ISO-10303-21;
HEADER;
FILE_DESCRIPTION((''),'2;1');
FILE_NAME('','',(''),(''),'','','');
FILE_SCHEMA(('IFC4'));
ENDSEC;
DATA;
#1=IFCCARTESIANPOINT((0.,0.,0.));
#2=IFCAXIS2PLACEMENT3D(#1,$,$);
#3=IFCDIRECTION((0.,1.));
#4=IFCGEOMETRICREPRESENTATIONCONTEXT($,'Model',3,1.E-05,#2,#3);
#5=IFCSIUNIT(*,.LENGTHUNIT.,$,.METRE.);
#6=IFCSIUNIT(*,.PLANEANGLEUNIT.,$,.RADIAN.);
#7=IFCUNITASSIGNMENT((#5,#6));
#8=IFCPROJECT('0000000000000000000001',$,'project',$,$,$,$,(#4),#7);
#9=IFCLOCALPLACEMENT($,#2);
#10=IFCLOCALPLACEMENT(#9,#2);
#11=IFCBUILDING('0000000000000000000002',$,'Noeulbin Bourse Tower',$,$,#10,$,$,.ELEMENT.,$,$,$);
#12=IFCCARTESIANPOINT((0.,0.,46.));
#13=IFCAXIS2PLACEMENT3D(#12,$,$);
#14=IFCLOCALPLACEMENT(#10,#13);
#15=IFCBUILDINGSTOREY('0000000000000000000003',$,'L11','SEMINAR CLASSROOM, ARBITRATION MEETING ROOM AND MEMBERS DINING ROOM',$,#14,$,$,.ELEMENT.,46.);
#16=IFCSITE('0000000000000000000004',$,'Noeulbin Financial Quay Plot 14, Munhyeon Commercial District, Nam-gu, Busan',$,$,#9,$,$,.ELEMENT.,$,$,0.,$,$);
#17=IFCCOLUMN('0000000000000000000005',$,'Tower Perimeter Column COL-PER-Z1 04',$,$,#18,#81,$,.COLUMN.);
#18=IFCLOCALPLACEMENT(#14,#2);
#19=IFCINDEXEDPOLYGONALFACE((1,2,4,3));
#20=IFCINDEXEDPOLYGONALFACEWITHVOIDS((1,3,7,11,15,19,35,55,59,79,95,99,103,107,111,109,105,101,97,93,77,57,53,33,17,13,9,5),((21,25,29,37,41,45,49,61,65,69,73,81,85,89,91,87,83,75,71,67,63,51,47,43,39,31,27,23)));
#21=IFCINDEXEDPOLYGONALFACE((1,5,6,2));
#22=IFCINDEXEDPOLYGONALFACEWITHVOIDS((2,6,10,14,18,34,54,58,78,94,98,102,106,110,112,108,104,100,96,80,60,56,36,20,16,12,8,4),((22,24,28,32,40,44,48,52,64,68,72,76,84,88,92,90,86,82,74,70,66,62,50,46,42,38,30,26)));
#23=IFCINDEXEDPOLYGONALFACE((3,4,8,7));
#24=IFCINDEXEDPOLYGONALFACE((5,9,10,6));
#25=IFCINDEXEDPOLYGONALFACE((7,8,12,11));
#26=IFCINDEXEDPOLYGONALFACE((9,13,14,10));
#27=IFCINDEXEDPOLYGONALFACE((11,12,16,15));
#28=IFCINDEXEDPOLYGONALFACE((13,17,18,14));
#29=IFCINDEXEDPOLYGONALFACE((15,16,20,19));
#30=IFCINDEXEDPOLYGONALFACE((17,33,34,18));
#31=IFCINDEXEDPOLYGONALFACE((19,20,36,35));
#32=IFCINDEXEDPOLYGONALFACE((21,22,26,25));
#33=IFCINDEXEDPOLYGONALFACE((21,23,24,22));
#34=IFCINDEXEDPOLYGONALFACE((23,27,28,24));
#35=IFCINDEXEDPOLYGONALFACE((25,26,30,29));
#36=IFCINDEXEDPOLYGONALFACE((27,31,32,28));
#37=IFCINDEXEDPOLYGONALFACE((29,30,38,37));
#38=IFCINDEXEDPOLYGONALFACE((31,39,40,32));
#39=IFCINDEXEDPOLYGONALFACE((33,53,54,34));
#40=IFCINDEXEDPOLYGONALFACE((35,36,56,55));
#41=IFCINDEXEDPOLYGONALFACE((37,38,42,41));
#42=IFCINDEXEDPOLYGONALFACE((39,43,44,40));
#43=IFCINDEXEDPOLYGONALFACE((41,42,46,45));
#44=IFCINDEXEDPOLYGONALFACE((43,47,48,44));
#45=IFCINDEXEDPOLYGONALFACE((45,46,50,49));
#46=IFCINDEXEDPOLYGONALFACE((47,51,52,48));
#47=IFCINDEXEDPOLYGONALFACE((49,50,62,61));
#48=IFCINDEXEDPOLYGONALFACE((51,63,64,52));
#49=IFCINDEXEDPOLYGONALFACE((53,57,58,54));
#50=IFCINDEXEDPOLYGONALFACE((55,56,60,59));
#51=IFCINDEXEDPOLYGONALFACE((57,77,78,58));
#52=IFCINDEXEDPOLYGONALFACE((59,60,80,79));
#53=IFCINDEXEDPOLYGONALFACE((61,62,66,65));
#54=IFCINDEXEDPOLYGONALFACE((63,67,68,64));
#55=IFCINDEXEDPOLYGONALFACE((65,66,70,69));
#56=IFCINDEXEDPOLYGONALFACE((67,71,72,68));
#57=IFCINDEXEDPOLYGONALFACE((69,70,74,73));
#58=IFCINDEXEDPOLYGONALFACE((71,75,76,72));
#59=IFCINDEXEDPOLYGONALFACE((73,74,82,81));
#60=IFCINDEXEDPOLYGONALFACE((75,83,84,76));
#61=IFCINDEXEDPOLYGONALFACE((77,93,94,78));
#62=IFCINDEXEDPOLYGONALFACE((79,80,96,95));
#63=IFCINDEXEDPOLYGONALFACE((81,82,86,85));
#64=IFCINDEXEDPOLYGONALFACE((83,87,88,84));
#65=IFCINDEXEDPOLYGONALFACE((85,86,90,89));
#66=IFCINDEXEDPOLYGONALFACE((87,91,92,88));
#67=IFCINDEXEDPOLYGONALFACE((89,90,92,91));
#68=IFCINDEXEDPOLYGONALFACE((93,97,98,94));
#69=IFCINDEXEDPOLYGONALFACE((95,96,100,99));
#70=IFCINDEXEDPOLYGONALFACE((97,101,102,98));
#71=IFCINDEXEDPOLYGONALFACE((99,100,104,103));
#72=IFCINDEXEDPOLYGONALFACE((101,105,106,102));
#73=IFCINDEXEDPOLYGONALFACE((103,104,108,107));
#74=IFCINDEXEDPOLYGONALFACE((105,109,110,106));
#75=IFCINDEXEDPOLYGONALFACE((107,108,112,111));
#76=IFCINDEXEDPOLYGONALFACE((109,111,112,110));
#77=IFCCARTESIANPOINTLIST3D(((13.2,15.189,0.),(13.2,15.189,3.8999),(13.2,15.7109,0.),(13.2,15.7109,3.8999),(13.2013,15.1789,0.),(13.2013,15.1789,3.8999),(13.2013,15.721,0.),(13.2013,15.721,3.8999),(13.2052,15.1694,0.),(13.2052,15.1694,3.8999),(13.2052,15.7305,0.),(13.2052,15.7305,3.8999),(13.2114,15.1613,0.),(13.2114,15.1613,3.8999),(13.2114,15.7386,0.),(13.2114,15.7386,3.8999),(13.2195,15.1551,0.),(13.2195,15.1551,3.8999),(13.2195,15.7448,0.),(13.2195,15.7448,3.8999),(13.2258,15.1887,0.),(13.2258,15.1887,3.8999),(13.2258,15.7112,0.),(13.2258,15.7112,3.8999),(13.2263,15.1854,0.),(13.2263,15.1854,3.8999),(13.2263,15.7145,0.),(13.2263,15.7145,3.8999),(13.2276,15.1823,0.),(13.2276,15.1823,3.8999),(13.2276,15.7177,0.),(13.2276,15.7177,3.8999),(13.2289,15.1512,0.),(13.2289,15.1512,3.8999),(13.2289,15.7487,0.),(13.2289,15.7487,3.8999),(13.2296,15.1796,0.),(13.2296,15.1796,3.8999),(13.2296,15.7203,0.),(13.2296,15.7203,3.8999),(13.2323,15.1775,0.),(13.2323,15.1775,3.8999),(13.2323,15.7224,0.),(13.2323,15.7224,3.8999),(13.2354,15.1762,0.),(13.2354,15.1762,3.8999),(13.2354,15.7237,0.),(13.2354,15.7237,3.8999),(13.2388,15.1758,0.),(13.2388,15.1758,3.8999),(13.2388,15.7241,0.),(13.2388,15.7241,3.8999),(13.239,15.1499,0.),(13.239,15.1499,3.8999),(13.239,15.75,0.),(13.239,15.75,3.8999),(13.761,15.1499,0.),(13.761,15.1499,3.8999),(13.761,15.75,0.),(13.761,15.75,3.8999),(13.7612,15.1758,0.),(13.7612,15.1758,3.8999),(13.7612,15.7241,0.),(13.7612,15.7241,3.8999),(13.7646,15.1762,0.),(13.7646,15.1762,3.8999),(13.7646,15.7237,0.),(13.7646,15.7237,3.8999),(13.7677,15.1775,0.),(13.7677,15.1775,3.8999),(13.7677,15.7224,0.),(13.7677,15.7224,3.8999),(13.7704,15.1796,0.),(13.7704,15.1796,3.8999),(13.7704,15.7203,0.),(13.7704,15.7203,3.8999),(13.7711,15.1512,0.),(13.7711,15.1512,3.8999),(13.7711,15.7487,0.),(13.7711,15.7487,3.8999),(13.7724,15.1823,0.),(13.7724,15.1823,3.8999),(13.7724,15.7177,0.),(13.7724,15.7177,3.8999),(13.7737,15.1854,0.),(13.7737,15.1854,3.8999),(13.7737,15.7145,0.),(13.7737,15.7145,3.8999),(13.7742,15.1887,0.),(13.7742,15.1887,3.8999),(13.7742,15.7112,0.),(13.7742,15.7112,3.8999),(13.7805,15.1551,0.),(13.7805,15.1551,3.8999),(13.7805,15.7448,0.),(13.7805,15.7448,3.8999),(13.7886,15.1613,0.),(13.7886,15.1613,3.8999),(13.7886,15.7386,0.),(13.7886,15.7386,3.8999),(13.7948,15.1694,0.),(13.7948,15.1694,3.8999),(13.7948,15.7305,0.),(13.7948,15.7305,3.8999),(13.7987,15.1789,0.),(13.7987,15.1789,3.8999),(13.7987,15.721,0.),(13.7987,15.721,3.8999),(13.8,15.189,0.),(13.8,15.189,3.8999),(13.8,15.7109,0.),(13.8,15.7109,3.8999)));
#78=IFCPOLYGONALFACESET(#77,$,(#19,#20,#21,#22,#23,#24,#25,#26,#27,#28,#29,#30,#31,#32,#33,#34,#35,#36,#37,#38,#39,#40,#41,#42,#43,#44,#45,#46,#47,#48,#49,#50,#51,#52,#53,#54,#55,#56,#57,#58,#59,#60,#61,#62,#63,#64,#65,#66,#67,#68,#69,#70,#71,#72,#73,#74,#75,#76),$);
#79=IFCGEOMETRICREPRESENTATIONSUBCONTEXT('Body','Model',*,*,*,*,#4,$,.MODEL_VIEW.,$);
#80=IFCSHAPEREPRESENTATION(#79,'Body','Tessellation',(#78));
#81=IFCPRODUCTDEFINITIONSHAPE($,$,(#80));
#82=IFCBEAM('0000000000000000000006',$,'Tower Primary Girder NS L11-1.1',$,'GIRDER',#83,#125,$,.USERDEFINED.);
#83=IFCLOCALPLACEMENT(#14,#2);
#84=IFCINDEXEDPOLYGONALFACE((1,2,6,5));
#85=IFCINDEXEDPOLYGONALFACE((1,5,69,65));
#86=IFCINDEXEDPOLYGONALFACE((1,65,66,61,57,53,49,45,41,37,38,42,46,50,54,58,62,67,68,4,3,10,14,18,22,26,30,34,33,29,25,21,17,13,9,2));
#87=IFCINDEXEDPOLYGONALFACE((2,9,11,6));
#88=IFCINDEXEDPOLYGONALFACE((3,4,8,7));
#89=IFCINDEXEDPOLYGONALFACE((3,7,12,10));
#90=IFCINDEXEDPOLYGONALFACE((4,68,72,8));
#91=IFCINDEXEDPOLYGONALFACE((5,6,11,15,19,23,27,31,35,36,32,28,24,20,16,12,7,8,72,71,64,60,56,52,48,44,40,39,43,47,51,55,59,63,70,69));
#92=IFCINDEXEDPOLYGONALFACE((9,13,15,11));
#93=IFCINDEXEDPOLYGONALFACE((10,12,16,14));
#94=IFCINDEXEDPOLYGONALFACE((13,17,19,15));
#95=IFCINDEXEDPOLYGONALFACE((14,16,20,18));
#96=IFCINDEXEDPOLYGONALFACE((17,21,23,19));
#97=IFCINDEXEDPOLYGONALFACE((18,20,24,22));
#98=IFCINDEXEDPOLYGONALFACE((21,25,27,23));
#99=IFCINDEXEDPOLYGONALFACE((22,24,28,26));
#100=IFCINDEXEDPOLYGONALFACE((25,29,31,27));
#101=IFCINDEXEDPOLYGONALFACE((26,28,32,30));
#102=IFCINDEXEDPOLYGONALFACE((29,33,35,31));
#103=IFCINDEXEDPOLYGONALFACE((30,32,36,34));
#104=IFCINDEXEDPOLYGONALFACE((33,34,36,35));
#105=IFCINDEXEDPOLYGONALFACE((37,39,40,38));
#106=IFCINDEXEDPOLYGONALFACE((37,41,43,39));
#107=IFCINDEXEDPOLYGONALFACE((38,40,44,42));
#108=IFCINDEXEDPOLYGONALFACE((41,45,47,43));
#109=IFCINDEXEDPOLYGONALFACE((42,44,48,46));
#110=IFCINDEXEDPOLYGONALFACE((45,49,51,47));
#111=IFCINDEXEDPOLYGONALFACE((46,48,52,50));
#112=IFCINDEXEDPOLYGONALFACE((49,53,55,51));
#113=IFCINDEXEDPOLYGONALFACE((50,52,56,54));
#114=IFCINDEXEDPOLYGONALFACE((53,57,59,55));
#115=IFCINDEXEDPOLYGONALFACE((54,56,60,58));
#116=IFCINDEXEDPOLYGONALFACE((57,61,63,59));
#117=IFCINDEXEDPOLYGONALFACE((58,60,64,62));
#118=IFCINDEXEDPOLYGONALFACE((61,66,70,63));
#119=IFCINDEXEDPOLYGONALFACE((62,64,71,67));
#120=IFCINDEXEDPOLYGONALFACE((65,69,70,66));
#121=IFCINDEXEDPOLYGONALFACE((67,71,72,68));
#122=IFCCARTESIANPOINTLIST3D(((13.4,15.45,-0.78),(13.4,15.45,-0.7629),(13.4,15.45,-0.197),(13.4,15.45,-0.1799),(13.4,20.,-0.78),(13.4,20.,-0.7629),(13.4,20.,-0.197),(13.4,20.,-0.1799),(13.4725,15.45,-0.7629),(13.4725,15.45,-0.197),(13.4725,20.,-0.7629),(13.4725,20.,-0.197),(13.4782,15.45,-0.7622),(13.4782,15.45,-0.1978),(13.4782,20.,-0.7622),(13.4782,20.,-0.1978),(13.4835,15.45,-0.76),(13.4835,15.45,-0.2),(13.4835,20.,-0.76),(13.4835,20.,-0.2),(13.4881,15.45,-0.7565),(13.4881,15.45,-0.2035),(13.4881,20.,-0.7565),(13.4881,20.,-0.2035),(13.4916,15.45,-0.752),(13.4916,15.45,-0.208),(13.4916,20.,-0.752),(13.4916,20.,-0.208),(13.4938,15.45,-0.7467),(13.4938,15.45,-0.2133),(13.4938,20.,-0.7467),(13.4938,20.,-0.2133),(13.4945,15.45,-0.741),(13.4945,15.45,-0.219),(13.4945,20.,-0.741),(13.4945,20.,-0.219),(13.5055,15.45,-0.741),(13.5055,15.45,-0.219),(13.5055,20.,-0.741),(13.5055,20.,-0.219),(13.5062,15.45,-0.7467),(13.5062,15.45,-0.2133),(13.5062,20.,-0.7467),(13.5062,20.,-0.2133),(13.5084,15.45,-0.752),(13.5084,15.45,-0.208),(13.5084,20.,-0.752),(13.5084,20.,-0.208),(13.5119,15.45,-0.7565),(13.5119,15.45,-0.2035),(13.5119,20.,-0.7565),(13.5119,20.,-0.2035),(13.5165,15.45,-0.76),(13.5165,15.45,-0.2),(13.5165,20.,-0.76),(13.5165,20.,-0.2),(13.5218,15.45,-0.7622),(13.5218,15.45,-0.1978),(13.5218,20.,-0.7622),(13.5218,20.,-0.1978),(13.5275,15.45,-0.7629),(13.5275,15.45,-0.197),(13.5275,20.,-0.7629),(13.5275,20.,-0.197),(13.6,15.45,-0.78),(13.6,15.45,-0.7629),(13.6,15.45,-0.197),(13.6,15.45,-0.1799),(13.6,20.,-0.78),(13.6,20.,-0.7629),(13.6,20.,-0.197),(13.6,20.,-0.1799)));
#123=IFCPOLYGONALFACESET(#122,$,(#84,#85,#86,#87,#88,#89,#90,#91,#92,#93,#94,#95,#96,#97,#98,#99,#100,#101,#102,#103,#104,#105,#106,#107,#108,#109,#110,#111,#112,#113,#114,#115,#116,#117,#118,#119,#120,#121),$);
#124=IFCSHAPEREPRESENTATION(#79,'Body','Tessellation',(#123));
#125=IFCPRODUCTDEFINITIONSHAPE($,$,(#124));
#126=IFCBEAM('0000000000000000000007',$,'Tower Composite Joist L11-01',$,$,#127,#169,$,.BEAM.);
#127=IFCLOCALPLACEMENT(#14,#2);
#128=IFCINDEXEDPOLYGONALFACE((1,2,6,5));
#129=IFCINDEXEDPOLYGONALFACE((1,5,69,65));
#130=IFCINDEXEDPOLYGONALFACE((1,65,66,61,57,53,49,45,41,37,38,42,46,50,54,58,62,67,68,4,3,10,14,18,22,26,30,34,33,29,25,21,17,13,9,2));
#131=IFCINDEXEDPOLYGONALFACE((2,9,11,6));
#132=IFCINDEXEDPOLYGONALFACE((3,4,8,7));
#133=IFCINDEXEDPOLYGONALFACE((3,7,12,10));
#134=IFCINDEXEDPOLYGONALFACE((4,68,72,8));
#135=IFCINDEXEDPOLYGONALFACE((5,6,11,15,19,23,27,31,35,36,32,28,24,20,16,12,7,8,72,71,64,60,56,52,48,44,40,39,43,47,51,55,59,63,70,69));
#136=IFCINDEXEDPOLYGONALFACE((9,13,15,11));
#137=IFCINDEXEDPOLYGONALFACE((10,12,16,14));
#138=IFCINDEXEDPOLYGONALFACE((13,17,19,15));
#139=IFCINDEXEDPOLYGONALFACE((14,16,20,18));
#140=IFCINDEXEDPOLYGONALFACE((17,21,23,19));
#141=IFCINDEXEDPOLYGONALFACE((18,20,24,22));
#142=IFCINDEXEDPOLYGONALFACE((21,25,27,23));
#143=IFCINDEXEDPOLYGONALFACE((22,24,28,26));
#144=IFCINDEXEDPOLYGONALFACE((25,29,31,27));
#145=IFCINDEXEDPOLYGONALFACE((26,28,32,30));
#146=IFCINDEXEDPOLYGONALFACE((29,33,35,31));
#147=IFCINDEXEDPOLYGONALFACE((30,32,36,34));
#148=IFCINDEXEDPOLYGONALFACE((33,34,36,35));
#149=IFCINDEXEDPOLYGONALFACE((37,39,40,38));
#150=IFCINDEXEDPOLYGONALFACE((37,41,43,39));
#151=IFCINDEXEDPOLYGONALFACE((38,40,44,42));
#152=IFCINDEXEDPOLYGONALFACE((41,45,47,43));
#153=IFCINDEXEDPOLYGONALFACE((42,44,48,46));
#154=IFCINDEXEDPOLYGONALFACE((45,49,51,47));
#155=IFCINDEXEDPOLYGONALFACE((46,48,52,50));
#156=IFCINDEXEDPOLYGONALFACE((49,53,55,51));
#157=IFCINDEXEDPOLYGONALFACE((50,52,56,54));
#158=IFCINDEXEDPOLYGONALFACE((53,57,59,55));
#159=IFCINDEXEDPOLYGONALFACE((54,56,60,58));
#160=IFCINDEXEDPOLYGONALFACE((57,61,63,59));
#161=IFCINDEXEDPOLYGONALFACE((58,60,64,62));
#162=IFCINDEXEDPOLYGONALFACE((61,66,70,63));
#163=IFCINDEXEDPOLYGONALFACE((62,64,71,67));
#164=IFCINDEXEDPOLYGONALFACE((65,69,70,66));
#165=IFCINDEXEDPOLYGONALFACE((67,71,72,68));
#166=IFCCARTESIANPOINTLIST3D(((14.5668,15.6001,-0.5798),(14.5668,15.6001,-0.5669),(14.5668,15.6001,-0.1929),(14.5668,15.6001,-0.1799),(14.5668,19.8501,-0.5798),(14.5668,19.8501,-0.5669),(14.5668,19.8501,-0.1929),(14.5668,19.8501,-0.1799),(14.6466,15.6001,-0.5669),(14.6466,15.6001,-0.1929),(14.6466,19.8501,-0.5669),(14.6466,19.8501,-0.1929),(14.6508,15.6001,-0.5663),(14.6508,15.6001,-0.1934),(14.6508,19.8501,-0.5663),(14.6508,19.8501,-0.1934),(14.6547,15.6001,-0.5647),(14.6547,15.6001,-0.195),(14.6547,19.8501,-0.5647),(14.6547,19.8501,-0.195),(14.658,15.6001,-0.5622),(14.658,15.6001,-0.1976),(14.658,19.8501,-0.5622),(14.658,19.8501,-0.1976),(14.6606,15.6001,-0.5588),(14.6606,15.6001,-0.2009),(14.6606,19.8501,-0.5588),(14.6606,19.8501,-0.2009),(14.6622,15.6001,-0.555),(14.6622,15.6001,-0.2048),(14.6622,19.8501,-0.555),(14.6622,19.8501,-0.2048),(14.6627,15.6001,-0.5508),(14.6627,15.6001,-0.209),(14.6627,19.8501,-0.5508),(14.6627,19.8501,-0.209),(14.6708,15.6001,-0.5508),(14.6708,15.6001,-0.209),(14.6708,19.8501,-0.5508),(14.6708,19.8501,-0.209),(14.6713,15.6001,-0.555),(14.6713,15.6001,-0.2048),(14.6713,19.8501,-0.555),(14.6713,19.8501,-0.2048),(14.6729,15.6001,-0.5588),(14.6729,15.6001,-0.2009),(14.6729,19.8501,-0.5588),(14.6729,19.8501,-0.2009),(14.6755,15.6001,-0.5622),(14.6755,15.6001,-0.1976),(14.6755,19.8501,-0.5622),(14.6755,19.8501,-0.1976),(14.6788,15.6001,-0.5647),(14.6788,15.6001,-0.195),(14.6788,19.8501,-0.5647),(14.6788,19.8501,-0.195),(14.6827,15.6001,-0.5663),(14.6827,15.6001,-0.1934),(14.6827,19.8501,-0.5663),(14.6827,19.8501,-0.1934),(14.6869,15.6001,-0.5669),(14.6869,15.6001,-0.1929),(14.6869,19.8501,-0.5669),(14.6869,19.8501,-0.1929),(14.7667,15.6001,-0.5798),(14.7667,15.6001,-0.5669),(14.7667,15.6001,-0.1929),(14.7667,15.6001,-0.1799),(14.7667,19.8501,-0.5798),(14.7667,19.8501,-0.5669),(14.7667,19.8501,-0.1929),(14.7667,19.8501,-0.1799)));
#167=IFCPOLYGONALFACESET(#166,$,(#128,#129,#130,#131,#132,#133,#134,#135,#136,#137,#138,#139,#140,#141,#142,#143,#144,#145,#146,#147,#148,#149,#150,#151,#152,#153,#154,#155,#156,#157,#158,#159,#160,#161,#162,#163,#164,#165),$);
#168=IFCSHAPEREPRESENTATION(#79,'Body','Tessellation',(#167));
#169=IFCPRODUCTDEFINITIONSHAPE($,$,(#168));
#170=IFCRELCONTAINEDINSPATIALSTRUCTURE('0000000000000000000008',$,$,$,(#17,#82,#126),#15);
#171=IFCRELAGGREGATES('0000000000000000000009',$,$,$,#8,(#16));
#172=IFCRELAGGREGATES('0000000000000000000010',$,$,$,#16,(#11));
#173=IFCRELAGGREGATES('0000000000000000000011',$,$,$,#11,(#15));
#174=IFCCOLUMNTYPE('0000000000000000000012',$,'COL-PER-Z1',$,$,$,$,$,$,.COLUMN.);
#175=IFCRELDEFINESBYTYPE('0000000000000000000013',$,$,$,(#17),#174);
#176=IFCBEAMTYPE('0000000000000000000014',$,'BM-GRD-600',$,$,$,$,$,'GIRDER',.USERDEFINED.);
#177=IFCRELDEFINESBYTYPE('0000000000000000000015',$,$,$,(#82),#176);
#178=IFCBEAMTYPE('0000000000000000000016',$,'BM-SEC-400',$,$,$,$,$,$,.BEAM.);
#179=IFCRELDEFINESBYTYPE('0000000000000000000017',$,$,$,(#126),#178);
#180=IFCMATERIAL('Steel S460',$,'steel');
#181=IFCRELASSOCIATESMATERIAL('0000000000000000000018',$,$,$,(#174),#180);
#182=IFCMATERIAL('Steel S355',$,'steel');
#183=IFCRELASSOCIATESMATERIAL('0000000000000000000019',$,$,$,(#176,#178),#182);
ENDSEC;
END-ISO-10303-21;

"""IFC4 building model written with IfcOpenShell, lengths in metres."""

from ifc_helpers import new_model, si_unit, direction, frame, origin, origin_2d, place, context, subcontext, project, spatial, hollow_rectangle, i_section, extrude, material, material_profile, profile_set, type_object, element, save


model = new_model("IFC4")

# Units and contexts
model_context = context("Model", 3, precision=1e-05, world=origin(), true_north=direction((0.0, 1.0)))
body_context = subcontext(model_context, "Body", "Model", "MODEL_VIEW")
ifc_project = project(units=[si_unit("LENGTHUNIT", "METRE"), si_unit("PLANEANGLEUNIT", "RADIAN")], contexts=[model_context])

# Site, building, storey
site_placement = place(None, origin())
site = spatial("IfcSite", under=ifc_project, at=site_placement, Name="Noeulbin Financial Quay Plot 14, Munhyeon Commercial District, Nam-gu, Busan", CompositionType="ELEMENT", RefElevation=0.0)
building_placement = place(site_placement, origin())
building = spatial("IfcBuilding", under=site, at=building_placement, Name="Noeulbin Bourse Tower", CompositionType="ELEMENT")
storey_placement = place(building_placement, frame((0.0, 0.0, 46.0)))
storey = spatial("IfcBuildingStorey", under=building, at=storey_placement, Name="L11", Description="SEMINAR CLASSROOM, ARBITRATION MEETING ROOM AND MEMBERS DINING ROOM", CompositionType="ELEMENT", Elevation=46.0)

# Column
ifc_material_1 = material(Name="Steel S460", Category="steel")
ifc_material_profile_1 = material_profile(ifc_material_1, hollow_rectangle(XDim=0.6001, YDim=0.6001, WallThickness=0.0259, InnerFilletRadius=0.0129, OuterFilletRadius=0.0391, at=origin_2d()), Name="BOX-600x600x26", Category="LoadBearing")
ifc_profile_set_1 = profile_set([ifc_material_profile_1], Name="Steel S460")
column_type = type_object("IfcColumnType", Name="COL-PER-Z1", PredefinedType="COLUMN", material=ifc_profile_set_1)
column_placement = place(storey_placement, frame((13.5, 15.45, 0.0), z_axis=(0.0, 0.0, 1.0), x_axis=(1.0, 0.0, 0.0)))
element("IfcColumn", 1, at=column_placement, inside=storey, type_object=column_type, Name="Tower Perimeter Column COL-PER-Z1 04", PredefinedType="COLUMN", context=body_context, shape_type="SweptSolid", body=[
    extrude(hollow_rectangle(XDim=0.6001, YDim=0.6001, WallThickness=0.0259, InnerFilletRadius=0.0129, OuterFilletRadius=0.0391, at=origin_2d()), origin(), (0.0, 0.0, 1.0), 3.8999),
])

# Beams
ifc_material_2 = material(Name="Steel S355", Category="steel")
ifc_material_profile_2 = material_profile(ifc_material_2, i_section(OverallWidth=0.2, OverallDepth=0.6001, WebThickness=0.011, FlangeThickness=0.0171, FilletRadius=0.022, at=origin_2d()), Name="H-600x200x11x17", Category="LoadBearing")
ifc_profile_set_2 = profile_set([ifc_material_profile_2], Name="Steel S355")
beam_type_1 = type_object("IfcBeamType", Name="BM-GRD-600", ElementType="GIRDER", PredefinedType="USERDEFINED", material=ifc_profile_set_2)
beam_1_placement = place(storey_placement, frame((13.5, 15.45, -0.48), z_axis=(0.0, 1.0, 0.0), x_axis=(-1.0, 0.0, 0.0)))
element("IfcBeam", 2, at=beam_1_placement, inside=storey, type_object=beam_type_1, Name="Tower Primary Girder NS L11-1.1", ObjectType="GIRDER", PredefinedType="USERDEFINED", context=body_context, shape_type="SweptSolid", body=[
    extrude(i_section(OverallWidth=0.2, OverallDepth=0.6001, WebThickness=0.011, FlangeThickness=0.0171, FilletRadius=0.022, at=origin_2d()), origin(), (0.0, 0.0, 1.0), 4.55),
])
ifc_material_profile_3 = material_profile(ifc_material_2, i_section(OverallWidth=0.2, OverallDepth=0.3999, WebThickness=0.0081, FlangeThickness=0.0129, FilletRadius=0.0161, at=origin_2d()), Name="H-400x200x8x13", Category="LoadBearing")
ifc_profile_set_3 = profile_set([ifc_material_profile_3], Name="Steel S355")
beam_type_2 = type_object("IfcBeamType", Name="BM-SEC-400", PredefinedType="BEAM", material=ifc_profile_set_3)
beam_2_placement = place(storey_placement, frame((14.6667, 15.6001, -0.3799), z_axis=(0.0, 1.0, 0.0), x_axis=(-1.0, 0.0, 0.0)))
element("IfcBeam", 3, at=beam_2_placement, inside=storey, type_object=beam_type_2, Name="Tower Composite Joist L11-01", PredefinedType="BEAM", context=body_context, shape_type="SweptSolid", body=[
    extrude(i_section(OverallWidth=0.2, OverallDepth=0.3999, WebThickness=0.0081, FlangeThickness=0.0129, FilletRadius=0.0161, at=origin_2d()), origin(), (0.0, 0.0, 1.0), 4.25),
])

save(model, "model.ifc")
